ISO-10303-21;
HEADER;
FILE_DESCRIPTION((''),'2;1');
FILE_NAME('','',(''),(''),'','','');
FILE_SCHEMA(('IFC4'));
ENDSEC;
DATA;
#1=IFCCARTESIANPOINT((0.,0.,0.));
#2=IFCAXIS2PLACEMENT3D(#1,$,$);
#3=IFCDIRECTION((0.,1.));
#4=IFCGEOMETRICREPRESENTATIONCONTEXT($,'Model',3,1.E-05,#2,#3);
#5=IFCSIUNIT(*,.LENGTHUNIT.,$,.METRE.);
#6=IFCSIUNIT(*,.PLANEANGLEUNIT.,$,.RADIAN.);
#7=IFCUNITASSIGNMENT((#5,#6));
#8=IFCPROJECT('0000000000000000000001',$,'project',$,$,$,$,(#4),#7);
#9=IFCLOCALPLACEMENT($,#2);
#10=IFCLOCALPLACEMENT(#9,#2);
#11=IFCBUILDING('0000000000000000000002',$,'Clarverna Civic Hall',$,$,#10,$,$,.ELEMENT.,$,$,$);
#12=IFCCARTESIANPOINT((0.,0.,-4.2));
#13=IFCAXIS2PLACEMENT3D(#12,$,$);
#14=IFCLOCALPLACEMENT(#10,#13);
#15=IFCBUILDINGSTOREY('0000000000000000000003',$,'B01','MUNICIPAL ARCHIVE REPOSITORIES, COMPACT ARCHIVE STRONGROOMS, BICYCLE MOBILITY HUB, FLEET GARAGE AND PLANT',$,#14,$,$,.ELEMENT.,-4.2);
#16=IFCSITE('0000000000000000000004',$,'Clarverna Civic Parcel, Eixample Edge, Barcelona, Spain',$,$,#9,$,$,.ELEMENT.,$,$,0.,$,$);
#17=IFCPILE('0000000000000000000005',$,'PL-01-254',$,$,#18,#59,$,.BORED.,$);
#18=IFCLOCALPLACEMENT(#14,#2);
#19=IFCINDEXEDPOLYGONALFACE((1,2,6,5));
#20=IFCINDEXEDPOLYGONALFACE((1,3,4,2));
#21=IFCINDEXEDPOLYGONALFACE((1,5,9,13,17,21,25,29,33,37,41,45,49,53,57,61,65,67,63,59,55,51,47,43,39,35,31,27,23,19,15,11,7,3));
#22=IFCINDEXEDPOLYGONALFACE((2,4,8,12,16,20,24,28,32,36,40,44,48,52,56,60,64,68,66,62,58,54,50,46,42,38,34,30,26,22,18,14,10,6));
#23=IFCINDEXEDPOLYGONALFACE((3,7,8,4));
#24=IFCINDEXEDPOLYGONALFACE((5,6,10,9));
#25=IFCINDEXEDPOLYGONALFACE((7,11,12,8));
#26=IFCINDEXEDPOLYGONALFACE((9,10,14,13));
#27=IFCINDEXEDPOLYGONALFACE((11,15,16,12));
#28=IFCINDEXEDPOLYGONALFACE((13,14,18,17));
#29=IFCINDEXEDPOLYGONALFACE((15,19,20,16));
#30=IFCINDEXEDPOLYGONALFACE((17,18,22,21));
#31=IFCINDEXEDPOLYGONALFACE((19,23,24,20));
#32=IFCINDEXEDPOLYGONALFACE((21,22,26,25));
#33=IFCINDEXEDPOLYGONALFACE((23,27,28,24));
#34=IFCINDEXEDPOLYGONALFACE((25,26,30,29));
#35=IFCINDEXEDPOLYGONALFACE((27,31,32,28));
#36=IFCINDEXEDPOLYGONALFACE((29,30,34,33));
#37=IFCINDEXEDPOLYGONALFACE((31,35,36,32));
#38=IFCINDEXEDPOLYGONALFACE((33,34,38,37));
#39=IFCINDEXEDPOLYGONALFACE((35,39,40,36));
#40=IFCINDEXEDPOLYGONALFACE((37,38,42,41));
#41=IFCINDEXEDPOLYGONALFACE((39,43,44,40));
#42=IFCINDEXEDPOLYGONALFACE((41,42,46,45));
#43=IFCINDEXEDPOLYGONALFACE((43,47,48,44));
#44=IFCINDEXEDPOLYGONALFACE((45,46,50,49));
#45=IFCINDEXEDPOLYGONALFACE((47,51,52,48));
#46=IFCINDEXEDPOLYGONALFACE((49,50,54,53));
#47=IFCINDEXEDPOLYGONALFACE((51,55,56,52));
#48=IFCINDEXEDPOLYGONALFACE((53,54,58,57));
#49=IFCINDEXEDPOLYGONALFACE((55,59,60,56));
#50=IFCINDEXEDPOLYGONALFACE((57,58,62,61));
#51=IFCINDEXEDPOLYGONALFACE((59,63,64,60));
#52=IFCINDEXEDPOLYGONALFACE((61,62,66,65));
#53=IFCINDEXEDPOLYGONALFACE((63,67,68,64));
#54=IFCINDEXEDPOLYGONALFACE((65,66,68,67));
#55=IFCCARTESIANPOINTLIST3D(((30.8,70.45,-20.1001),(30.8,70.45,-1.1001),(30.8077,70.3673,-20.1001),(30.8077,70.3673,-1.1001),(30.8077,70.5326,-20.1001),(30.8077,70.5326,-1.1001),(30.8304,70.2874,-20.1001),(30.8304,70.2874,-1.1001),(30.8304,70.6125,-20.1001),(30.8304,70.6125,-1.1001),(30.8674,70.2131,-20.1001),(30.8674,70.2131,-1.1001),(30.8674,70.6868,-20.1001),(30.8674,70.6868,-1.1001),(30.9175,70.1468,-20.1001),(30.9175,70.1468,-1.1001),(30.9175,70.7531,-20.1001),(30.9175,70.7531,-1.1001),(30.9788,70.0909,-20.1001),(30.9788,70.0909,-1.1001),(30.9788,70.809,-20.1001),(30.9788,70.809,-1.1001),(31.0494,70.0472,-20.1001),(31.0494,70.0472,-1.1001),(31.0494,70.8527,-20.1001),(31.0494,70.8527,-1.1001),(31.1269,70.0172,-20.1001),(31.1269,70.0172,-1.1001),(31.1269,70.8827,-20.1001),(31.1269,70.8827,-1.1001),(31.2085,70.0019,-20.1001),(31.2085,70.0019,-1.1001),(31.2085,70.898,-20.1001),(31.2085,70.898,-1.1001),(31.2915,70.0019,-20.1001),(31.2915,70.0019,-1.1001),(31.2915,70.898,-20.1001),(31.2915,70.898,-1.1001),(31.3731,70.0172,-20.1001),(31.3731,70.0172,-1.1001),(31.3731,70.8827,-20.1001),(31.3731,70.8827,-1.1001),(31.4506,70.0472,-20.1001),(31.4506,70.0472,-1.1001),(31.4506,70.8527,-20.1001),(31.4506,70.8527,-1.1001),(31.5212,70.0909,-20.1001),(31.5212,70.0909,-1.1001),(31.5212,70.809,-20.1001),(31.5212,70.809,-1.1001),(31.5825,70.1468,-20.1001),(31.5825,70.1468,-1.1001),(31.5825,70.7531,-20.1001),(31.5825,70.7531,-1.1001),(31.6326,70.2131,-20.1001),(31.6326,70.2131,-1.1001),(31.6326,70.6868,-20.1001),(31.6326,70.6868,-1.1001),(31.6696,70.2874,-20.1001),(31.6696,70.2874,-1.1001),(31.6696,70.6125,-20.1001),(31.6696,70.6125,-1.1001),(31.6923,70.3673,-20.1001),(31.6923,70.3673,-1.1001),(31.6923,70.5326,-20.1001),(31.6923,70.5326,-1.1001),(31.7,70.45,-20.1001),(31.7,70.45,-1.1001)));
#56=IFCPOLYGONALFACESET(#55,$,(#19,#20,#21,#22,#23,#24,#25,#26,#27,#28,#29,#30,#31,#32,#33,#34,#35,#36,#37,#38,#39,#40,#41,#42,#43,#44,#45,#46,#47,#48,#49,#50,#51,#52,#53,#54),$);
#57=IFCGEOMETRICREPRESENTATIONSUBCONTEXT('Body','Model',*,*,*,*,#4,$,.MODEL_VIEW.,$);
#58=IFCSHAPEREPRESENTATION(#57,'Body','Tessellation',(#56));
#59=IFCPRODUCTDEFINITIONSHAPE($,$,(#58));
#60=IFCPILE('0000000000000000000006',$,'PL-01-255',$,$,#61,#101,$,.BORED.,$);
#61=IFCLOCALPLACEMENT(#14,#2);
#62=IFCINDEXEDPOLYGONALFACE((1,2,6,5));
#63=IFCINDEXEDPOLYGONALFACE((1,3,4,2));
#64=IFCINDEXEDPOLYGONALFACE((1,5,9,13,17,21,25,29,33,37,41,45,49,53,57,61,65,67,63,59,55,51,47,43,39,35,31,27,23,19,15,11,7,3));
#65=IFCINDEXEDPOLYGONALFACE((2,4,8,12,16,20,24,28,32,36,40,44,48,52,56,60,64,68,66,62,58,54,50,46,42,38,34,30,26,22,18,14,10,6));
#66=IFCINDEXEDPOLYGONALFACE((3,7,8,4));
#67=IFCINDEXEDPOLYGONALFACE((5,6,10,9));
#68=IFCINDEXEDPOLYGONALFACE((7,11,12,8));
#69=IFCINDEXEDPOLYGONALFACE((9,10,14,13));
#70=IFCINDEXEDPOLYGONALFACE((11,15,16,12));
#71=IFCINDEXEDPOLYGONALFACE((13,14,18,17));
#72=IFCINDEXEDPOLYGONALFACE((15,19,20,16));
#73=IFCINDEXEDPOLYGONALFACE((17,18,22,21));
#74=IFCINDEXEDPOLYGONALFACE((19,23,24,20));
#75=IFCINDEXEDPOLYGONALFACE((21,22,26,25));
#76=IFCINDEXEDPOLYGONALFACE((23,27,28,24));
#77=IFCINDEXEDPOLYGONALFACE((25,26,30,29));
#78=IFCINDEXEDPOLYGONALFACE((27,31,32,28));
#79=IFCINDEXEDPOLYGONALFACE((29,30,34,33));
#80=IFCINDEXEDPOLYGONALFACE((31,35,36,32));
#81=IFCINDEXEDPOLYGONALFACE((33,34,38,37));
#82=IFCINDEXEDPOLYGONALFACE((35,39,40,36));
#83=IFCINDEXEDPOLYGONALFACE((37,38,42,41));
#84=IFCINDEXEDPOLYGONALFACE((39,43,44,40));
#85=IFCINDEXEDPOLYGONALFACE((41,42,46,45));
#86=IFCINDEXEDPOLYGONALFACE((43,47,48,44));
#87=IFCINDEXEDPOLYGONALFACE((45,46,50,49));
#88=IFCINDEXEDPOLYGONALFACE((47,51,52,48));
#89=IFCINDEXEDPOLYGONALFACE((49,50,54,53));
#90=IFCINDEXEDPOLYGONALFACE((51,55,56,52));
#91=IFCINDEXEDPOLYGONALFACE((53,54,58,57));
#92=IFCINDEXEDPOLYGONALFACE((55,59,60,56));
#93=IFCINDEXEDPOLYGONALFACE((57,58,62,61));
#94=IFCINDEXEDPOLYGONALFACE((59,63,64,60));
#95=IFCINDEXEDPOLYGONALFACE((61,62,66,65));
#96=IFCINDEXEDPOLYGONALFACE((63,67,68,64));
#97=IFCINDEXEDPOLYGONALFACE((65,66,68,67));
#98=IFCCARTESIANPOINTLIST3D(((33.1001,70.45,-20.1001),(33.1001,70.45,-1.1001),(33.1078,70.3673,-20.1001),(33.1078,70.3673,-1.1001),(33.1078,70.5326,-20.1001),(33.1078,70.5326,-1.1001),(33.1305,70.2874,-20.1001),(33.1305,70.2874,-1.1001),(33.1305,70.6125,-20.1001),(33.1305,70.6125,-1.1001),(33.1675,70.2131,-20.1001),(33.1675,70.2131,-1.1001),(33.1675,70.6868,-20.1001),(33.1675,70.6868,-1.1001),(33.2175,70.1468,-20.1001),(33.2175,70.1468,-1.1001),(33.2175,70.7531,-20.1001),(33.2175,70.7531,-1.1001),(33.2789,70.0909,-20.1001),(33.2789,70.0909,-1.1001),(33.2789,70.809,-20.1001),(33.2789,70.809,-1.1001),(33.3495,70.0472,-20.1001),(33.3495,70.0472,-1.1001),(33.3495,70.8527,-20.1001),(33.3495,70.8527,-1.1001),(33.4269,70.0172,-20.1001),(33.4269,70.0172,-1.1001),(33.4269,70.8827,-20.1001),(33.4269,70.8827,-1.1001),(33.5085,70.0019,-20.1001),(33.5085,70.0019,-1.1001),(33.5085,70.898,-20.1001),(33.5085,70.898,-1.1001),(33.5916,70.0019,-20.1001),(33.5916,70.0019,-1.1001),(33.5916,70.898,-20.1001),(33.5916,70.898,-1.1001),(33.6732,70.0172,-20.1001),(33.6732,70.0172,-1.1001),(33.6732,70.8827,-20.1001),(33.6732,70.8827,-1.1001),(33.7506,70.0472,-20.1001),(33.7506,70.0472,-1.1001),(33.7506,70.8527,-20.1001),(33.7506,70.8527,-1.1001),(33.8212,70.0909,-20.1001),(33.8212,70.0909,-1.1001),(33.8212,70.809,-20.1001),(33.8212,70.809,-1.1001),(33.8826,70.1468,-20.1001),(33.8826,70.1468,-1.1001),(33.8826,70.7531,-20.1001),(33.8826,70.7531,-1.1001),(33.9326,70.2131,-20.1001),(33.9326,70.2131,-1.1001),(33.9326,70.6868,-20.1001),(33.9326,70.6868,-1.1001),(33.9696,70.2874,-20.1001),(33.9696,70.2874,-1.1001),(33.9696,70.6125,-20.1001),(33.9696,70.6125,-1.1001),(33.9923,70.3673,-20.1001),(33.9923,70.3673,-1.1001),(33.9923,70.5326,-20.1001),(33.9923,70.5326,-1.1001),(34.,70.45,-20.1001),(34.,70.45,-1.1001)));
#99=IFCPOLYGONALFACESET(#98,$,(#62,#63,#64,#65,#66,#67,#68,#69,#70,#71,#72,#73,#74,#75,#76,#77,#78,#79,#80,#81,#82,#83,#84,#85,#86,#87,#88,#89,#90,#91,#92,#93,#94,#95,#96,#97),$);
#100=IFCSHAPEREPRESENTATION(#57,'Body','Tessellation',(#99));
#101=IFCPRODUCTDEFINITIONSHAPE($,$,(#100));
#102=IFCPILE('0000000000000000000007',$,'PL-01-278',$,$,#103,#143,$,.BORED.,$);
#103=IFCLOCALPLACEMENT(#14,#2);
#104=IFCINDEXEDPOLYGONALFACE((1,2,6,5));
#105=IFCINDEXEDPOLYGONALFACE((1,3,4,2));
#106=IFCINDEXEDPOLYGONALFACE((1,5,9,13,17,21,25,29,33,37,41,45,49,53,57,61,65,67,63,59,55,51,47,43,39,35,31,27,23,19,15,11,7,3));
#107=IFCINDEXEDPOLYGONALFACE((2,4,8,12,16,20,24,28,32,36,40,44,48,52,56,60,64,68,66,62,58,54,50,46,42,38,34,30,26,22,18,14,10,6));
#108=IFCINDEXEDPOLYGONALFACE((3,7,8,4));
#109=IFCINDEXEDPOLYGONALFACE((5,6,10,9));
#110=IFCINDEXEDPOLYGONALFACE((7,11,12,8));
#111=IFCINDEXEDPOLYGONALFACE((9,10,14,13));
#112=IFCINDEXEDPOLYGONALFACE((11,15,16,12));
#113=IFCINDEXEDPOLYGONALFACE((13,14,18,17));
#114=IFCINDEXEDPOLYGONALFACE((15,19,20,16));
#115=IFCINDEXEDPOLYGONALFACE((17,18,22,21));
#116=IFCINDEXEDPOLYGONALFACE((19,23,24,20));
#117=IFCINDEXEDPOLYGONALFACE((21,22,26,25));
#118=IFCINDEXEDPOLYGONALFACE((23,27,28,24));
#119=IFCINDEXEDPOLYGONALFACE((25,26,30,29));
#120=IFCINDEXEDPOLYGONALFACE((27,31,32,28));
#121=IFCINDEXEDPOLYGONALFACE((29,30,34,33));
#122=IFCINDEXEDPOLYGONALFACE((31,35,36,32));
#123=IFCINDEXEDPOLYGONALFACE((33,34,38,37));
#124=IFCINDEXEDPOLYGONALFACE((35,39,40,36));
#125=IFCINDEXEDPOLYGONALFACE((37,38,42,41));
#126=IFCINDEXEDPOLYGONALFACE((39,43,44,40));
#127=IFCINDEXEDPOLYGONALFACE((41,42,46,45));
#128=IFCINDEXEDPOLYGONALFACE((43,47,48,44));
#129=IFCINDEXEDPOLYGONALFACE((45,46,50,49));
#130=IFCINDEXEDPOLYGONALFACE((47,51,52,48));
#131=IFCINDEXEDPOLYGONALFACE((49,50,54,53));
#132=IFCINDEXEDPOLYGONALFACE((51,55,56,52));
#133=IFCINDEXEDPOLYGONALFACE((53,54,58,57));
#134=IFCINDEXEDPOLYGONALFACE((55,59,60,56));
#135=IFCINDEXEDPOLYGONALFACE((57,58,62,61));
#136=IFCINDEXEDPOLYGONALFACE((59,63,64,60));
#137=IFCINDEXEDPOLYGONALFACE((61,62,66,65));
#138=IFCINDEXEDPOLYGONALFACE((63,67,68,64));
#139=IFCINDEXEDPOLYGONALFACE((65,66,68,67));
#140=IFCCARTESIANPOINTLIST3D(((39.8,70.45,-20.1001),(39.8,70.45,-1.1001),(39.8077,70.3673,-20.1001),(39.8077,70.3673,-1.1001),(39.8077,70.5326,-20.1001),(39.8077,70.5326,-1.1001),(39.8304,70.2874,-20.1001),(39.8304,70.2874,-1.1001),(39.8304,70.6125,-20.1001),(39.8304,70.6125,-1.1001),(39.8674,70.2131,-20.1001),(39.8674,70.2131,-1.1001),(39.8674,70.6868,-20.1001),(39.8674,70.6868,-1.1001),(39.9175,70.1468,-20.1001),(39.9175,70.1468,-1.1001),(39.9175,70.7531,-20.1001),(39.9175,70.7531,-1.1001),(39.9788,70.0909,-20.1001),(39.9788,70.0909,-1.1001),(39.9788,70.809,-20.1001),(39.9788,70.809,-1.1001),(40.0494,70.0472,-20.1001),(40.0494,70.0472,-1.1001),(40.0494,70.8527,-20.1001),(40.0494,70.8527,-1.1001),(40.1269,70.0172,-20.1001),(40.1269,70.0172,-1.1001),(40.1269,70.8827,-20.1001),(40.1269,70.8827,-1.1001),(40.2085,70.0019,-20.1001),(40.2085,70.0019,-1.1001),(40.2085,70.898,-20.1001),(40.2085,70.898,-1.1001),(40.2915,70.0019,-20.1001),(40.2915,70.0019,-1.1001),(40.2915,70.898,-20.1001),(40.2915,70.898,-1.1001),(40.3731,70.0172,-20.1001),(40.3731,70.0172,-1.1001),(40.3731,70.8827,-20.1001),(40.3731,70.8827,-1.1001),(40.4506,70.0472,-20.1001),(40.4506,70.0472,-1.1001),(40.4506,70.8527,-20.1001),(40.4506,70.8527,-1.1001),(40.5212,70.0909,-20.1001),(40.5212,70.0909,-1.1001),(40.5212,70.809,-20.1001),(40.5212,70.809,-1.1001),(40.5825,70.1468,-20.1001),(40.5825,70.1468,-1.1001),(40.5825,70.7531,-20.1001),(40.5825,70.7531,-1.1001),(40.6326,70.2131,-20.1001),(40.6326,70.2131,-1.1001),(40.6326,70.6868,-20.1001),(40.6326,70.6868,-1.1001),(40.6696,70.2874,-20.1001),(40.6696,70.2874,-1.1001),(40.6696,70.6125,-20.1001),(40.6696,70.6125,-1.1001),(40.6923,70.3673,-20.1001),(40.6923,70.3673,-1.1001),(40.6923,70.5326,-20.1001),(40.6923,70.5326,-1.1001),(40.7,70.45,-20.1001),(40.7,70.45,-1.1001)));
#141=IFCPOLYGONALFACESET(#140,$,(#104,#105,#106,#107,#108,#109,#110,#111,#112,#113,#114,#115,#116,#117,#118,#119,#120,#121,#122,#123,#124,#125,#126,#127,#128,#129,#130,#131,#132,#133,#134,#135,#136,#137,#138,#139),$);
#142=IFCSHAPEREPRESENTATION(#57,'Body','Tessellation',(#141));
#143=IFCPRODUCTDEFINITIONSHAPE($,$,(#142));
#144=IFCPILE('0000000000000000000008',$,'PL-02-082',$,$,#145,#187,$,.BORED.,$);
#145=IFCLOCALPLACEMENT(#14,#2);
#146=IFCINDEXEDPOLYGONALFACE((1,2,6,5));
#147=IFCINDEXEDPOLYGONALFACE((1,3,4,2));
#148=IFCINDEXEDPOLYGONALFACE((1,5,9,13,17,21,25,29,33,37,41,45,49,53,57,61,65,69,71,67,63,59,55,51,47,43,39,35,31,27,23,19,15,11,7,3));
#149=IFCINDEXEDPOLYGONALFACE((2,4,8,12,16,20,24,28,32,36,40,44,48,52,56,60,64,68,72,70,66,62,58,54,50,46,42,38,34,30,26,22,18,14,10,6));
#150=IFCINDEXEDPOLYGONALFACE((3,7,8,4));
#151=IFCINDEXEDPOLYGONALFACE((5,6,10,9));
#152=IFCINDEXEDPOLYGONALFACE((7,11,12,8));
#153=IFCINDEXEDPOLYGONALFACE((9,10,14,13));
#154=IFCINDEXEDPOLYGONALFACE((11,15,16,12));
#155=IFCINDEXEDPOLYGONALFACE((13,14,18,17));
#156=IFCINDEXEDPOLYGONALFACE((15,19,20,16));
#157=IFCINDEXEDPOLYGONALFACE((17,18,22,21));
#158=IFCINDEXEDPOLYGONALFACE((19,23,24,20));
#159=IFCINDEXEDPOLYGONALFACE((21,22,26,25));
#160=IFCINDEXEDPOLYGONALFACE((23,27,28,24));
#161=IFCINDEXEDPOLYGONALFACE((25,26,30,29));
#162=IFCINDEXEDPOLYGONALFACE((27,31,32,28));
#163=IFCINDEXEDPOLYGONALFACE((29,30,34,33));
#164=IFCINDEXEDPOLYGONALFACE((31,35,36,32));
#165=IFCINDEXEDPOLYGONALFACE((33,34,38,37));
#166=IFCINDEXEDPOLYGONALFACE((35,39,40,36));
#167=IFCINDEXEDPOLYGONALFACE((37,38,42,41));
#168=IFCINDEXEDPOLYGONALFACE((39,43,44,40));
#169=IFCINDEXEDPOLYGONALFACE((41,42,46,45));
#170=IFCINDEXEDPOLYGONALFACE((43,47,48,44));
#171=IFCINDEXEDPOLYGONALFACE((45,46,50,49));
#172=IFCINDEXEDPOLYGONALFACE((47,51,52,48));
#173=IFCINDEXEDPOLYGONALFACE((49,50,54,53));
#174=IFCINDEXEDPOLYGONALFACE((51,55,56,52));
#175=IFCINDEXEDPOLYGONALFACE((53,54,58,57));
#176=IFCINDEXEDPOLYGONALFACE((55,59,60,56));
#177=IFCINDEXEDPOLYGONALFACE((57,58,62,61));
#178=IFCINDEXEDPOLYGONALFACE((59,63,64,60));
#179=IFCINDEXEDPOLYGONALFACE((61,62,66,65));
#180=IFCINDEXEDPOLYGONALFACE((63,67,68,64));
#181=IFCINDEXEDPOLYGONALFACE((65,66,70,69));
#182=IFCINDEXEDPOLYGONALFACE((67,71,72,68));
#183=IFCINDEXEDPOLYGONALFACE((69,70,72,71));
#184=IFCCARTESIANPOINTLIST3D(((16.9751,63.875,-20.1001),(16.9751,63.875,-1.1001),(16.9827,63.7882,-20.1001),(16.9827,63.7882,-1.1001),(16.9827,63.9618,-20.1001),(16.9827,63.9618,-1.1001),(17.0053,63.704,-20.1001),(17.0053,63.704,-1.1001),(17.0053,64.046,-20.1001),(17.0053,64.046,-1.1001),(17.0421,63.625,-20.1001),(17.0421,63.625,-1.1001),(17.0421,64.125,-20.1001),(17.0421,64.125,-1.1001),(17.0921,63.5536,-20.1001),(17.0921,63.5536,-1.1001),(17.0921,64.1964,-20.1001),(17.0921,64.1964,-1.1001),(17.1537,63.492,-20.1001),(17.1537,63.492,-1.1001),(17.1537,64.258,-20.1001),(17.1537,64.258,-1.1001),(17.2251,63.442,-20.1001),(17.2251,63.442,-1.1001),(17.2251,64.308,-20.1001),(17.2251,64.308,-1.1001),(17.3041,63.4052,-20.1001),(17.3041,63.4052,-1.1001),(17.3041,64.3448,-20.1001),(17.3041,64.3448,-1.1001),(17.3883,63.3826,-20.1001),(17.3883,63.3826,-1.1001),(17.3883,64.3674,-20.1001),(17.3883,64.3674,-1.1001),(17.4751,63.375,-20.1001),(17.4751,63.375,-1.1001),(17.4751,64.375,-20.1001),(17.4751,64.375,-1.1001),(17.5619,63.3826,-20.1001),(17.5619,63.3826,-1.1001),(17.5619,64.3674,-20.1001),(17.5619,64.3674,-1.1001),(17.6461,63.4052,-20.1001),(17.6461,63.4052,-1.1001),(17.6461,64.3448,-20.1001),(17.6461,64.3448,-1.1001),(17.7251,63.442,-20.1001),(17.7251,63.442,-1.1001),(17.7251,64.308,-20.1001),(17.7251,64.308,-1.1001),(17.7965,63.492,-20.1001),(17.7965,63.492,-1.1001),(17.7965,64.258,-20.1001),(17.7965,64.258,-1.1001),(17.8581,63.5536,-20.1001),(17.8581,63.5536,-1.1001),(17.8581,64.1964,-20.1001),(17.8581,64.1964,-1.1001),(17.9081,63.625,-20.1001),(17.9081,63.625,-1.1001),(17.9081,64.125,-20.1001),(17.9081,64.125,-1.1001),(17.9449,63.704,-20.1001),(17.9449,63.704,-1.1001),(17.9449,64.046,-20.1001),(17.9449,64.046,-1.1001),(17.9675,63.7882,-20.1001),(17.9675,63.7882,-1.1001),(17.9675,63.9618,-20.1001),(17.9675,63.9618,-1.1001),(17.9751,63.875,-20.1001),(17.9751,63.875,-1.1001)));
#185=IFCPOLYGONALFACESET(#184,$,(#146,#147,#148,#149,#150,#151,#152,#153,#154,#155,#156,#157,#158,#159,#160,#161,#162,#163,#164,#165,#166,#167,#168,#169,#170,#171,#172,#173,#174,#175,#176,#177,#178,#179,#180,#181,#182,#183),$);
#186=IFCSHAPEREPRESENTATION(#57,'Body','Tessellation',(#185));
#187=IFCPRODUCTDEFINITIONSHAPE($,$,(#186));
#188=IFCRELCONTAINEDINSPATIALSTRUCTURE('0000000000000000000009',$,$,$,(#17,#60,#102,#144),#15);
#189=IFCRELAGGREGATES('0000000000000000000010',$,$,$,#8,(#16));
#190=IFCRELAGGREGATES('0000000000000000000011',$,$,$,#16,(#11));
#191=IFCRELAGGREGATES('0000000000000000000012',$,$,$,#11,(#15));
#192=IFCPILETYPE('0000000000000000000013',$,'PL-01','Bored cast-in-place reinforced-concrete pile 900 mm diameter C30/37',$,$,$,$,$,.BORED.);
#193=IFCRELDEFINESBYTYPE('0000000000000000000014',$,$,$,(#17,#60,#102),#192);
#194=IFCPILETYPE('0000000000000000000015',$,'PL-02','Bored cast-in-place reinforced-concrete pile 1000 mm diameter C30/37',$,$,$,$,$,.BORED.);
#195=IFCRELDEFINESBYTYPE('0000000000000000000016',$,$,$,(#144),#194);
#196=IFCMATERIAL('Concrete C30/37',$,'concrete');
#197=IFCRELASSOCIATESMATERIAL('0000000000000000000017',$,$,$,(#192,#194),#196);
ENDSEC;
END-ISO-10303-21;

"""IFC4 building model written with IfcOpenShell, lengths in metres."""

from ifc_helpers import new_model, si_unit, direction, frame, origin, origin_2d, place, context, subcontext, project, spatial, circle, extrude, material, material_profile, profile_set, type_object, element, save


model = new_model("IFC4")

# Units and contexts
model_context = context("Model", 3, precision=1e-05, world=origin(), true_north=direction((0.0, 1.0)))
body_context = subcontext(model_context, "Body", "Model", "MODEL_VIEW")
ifc_project = project(units=[si_unit("LENGTHUNIT", "METRE"), si_unit("PLANEANGLEUNIT", "RADIAN")], contexts=[model_context])

# Site, building, storey
site_placement = place(None, origin())
site = spatial("IfcSite", under=ifc_project, at=site_placement, Name="Clarverna Civic Parcel, Eixample Edge, Barcelona, Spain", CompositionType="ELEMENT", RefElevation=0.0)
building_placement = place(site_placement, origin())
building = spatial("IfcBuilding", under=site, at=building_placement, Name="Clarverna Civic Hall", CompositionType="ELEMENT")
storey_placement = place(building_placement, frame((0.0, 0.0, -4.2)))
storey = spatial("IfcBuildingStorey", under=building, at=storey_placement, Name="B01", Description="MUNICIPAL ARCHIVE REPOSITORIES, COMPACT ARCHIVE STRONGROOMS, BICYCLE MOBILITY HUB, FLEET GARAGE AND PLANT", CompositionType="ELEMENT", Elevation=-4.2)

# Shared definitions
ifc_material_1 = material(Name="Concrete C30/37", Category="concrete")

# Piles
ifc_material_profile_1 = material_profile(ifc_material_1, circle(Radius=0.45, at=origin_2d()), Name="BORED PILE D900")
ifc_profile_set_1 = profile_set([ifc_material_profile_1], Name="Concrete C30/37")
pile_type_1 = type_object("IfcPileType", Name="PL-01", Description="Bored cast-in-place reinforced-concrete pile 900 mm diameter C30/37", PredefinedType="BORED", material=ifc_profile_set_1)
for number, where, z_axis, x_axis, name in (
    (1, (31.25, 70.45, -1.1001), (0.0, 0.0, -1.0), (1.0, 0.0, 0.0), "PL-01-254"),
    (2, (33.55, 70.45, -1.1001), (0.0, 0.0, -1.0), (1.0, 0.0, 0.0), "PL-01-255"),
    (3, (40.25, 70.45, -1.1001), (0.0, 0.0, -1.0), (1.0, 0.0, 0.0), "PL-01-278"),
):
    element("IfcPile", number, at=place(storey_placement, frame(where, z_axis=z_axis, x_axis=x_axis)), inside=storey, type_object=pile_type_1, Name=name, PredefinedType="BORED", context=body_context, shape_type="SweptSolid", body=[
        extrude(circle(Radius=0.45, at=origin_2d()), origin(), (0.0, 0.0, 1.0), 19.0),
    ])
ifc_material_profile_2 = material_profile(ifc_material_1, circle(Radius=0.5, at=origin_2d()), Name="BORED PILE D1000")
ifc_profile_set_2 = profile_set([ifc_material_profile_2], Name="Concrete C30/37")
pile_type_2 = type_object("IfcPileType", Name="PL-02", Description="Bored cast-in-place reinforced-concrete pile 1000 mm diameter C30/37", PredefinedType="BORED", material=ifc_profile_set_2)
for number, where, z_axis, x_axis, name in (
    (4, (17.4751, 63.875, -1.1001), (0.0, 0.0, -1.0), (1.0, 0.0, 0.0), "PL-02-082"),
):
    element("IfcPile", number, at=place(storey_placement, frame(where, z_axis=z_axis, x_axis=x_axis)), inside=storey, type_object=pile_type_2, Name=name, PredefinedType="BORED", context=body_context, shape_type="SweptSolid", body=[
        extrude(circle(Radius=0.5, at=origin_2d()), origin(), (0.0, 0.0, 1.0), 19.0),
    ])

save(model, "model.ifc")
